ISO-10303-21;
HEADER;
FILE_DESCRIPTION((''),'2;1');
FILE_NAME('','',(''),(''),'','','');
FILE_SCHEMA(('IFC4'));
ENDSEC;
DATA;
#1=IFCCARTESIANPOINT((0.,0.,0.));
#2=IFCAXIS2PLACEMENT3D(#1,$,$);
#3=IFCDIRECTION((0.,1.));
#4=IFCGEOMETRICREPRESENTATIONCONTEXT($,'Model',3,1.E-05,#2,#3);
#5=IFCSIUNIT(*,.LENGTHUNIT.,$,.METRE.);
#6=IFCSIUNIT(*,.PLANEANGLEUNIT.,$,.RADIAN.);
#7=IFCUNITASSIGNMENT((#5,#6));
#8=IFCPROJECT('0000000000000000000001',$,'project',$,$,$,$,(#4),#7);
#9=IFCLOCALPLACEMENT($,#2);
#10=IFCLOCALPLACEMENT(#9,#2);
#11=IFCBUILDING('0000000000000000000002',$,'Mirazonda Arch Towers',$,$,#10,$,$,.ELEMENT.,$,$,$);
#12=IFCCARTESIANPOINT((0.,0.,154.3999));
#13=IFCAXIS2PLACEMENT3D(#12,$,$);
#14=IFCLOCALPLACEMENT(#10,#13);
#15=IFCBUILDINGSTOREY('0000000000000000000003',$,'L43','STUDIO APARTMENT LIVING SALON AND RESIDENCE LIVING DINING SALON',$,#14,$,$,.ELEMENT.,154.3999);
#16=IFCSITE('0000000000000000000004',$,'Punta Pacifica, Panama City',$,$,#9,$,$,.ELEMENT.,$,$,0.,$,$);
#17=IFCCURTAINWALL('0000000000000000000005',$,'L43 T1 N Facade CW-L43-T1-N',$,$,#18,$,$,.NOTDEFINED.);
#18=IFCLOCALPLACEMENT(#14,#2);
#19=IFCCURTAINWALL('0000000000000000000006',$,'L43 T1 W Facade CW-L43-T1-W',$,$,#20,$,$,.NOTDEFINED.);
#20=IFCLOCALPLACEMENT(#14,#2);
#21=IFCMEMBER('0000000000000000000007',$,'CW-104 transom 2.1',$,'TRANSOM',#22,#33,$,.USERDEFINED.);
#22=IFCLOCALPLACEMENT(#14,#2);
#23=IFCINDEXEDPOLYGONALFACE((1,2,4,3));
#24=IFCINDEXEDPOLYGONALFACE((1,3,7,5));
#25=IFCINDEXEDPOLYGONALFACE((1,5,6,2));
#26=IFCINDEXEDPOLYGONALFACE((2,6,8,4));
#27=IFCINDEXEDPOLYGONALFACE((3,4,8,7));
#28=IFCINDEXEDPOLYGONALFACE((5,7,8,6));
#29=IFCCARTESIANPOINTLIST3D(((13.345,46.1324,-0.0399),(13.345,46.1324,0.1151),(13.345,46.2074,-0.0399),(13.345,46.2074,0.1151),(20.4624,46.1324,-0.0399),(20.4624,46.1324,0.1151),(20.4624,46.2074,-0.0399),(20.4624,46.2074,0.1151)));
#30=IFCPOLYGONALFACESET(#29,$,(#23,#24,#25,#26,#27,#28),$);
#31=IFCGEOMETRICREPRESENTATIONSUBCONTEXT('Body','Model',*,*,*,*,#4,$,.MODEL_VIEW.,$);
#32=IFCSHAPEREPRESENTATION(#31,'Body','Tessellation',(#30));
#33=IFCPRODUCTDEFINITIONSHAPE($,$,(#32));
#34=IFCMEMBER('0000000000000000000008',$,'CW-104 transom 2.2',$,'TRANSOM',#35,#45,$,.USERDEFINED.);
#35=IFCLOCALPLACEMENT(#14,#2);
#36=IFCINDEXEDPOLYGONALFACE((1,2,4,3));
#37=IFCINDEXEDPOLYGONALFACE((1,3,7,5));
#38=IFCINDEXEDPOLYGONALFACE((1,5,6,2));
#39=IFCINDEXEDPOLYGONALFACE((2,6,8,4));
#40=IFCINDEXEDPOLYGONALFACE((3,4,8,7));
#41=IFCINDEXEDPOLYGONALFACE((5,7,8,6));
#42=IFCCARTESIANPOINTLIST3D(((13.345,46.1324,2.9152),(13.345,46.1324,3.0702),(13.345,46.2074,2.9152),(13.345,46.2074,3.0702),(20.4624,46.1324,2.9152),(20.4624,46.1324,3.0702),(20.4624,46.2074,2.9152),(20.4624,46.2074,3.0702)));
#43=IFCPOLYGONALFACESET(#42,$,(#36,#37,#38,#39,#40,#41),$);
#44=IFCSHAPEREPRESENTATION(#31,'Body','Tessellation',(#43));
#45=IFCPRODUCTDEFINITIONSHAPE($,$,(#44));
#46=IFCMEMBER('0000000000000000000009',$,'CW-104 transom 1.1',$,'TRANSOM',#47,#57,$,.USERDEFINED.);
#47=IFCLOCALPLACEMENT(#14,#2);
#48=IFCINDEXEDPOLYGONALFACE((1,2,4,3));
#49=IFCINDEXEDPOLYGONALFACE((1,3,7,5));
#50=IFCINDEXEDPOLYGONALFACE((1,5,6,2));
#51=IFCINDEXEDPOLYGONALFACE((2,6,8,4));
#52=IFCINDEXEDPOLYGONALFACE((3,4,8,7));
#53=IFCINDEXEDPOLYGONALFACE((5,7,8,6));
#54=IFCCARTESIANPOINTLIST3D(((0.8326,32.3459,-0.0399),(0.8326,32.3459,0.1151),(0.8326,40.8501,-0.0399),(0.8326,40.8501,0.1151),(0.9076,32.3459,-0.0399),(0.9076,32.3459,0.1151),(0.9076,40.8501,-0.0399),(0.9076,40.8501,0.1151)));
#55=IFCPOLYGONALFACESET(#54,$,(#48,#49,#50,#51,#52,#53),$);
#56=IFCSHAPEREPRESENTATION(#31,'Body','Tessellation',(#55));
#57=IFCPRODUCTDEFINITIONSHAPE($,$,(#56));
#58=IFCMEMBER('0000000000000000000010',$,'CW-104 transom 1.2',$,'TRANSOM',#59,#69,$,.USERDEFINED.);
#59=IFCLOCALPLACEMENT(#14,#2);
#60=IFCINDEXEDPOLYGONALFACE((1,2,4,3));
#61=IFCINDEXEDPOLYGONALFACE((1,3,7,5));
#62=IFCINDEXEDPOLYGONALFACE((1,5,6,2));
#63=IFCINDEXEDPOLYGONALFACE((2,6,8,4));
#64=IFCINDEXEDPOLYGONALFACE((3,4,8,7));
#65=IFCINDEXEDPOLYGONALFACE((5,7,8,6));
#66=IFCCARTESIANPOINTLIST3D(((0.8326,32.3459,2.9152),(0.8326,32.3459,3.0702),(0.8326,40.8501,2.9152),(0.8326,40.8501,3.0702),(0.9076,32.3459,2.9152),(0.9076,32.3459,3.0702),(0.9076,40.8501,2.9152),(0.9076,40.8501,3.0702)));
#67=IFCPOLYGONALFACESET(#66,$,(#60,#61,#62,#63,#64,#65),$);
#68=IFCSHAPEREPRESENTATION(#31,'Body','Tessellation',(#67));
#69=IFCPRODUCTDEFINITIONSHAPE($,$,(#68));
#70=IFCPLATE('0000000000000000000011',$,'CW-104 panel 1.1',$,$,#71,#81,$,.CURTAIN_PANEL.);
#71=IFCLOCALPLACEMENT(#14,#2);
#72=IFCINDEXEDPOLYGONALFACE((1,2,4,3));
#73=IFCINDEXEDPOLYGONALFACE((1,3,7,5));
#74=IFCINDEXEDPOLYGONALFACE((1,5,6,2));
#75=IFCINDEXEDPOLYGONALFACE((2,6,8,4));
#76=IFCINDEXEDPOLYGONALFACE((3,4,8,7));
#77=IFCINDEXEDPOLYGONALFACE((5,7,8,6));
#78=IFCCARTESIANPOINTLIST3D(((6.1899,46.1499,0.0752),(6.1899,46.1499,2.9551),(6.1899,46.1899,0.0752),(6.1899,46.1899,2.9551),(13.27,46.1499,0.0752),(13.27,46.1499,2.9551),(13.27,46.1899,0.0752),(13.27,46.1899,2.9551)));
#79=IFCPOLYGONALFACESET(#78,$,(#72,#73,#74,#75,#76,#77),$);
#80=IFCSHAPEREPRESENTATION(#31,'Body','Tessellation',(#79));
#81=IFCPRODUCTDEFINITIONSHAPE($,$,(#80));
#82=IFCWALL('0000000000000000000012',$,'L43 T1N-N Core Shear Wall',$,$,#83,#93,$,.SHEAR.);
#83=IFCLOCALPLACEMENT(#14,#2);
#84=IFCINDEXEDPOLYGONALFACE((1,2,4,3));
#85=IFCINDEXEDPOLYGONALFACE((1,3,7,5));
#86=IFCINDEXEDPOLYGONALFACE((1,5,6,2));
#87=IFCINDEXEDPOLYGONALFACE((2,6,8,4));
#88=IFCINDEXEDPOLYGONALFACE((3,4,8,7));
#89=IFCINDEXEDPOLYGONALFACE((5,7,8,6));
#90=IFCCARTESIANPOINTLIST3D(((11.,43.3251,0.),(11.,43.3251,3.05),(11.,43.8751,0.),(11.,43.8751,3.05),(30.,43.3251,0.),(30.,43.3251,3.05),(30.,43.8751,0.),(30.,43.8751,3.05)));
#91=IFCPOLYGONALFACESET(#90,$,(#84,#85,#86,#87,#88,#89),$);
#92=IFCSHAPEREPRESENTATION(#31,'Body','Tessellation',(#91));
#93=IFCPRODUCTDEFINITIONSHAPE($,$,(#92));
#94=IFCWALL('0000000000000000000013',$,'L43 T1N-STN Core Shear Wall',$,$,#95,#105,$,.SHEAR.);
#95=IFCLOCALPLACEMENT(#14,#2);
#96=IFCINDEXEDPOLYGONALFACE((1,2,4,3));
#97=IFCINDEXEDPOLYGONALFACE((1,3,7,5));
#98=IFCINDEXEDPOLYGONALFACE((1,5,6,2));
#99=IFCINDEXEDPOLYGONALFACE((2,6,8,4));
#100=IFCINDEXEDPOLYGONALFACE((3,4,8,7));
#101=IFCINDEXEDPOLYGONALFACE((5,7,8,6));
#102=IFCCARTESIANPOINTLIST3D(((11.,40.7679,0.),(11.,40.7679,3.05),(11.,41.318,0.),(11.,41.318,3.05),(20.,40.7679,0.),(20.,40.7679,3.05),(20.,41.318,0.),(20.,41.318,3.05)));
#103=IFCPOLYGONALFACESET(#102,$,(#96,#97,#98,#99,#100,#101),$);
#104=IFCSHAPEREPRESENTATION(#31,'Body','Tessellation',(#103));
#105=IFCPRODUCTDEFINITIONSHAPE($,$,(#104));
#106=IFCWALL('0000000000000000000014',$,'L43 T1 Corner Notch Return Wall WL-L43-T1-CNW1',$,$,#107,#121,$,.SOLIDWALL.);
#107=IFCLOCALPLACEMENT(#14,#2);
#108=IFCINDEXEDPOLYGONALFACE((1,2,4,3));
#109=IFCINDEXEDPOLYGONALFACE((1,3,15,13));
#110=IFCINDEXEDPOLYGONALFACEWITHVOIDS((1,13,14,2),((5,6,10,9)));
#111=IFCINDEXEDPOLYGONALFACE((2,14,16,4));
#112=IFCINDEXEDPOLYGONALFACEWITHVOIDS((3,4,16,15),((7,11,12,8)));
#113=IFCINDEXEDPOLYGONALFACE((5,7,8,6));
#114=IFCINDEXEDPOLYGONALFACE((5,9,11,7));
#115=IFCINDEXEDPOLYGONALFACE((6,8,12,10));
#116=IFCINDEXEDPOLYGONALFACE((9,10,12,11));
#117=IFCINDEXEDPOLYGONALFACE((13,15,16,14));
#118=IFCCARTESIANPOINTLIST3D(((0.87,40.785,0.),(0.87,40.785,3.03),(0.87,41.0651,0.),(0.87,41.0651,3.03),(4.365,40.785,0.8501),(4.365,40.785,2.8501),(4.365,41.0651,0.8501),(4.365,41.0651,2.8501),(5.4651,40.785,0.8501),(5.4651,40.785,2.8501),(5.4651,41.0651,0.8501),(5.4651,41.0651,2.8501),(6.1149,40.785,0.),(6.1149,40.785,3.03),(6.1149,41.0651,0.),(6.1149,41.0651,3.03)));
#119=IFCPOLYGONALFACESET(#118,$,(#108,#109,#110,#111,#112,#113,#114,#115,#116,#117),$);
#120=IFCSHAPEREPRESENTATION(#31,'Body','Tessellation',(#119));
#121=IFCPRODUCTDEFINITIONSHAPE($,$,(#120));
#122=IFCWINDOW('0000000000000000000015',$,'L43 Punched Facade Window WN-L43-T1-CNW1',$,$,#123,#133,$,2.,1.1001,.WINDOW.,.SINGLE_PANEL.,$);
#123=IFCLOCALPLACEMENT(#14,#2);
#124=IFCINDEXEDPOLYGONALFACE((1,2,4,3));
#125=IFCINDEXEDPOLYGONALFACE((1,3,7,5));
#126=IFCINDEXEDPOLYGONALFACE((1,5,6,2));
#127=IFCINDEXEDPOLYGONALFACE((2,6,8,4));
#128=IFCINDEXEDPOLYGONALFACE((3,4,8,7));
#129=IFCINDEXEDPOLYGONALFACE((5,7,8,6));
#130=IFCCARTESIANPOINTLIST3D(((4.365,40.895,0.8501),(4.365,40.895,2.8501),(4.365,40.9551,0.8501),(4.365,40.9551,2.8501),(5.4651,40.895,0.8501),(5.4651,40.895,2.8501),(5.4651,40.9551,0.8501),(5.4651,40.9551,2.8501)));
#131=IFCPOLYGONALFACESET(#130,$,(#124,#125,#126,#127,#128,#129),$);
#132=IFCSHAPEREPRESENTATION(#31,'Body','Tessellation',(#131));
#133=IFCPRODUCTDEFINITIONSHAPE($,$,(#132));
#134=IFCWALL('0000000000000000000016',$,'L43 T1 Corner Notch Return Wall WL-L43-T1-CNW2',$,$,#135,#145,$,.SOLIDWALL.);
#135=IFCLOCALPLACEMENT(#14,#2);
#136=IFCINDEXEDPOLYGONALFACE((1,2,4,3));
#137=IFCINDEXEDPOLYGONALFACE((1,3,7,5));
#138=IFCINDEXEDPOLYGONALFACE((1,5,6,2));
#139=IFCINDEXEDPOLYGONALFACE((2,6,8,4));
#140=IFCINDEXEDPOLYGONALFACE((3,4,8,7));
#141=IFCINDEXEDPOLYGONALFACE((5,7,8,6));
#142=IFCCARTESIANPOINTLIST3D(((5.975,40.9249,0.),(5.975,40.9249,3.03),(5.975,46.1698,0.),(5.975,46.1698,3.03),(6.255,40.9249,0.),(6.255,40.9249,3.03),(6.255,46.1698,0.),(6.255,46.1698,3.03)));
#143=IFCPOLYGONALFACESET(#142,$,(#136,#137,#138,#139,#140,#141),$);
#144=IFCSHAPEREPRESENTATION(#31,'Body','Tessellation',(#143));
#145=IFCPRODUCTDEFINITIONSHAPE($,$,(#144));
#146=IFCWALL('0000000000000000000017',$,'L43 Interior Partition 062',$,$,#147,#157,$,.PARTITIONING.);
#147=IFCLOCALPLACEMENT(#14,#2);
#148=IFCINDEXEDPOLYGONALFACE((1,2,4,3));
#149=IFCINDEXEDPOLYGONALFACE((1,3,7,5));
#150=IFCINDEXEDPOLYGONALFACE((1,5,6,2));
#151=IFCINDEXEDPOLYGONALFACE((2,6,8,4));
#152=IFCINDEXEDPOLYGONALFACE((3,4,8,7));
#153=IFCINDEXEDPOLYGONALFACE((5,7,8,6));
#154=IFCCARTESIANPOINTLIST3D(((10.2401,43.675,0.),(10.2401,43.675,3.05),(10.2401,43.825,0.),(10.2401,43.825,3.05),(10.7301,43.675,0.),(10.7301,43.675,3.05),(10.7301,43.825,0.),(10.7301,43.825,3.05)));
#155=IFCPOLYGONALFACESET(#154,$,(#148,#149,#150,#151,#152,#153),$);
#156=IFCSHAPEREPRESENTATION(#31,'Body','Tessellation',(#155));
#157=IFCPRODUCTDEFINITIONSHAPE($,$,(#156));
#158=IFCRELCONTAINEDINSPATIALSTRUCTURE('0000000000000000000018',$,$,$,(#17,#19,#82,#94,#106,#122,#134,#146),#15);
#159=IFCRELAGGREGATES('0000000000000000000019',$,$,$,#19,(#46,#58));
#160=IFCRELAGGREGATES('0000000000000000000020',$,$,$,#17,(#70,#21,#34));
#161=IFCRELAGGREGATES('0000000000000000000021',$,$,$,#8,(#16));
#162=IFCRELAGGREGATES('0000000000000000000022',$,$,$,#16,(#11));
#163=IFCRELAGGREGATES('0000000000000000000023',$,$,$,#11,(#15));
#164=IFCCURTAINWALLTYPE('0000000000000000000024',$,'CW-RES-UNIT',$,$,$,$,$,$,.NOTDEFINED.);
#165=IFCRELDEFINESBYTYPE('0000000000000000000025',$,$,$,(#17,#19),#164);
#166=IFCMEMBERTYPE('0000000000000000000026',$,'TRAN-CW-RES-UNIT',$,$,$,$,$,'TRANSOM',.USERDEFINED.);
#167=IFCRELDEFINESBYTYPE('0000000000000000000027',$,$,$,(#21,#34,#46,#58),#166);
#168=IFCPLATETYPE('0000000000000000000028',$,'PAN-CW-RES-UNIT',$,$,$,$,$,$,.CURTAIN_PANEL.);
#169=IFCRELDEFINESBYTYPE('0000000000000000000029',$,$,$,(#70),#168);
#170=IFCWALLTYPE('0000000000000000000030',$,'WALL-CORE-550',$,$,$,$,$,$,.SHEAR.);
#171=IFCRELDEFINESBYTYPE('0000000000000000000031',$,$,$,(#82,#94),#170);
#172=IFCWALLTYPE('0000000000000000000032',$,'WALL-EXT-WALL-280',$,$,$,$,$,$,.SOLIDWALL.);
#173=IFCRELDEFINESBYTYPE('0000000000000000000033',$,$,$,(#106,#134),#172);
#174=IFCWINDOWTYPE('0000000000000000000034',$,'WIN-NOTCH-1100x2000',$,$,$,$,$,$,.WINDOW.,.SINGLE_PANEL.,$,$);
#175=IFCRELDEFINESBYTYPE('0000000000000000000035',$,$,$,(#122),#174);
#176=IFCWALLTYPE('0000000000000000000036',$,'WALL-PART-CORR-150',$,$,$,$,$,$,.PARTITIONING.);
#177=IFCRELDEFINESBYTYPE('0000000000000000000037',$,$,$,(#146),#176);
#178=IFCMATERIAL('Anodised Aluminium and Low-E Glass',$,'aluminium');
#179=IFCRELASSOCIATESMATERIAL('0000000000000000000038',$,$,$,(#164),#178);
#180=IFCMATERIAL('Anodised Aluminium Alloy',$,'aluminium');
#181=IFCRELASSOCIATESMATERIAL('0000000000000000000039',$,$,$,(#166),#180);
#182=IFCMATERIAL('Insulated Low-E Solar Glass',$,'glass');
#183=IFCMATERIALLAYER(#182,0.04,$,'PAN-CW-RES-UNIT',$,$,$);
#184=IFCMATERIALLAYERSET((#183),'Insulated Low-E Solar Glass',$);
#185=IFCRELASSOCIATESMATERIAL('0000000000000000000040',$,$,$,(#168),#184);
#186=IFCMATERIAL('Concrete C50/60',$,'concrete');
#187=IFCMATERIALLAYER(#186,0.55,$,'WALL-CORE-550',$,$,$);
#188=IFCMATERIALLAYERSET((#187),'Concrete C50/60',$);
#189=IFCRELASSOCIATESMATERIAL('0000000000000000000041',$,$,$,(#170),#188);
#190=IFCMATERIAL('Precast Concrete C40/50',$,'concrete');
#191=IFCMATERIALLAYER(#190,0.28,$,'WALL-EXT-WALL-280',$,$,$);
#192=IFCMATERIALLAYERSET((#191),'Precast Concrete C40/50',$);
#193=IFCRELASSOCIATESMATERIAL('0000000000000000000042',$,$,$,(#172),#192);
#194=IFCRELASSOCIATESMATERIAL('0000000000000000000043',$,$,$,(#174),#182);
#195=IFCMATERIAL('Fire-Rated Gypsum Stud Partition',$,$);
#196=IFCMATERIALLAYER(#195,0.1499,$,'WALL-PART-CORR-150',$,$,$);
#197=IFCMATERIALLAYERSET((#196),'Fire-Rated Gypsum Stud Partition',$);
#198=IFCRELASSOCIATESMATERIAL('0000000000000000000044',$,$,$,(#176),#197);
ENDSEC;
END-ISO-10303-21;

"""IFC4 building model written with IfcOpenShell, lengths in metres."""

from ifc_helpers import new_model, si_unit, direction, frame, frame_2d, origin, origin_2d, place, context, subcontext, project, spatial, rectangle, extrude, material, layer, layer_set, material_profile, profile_set, type_object, element, fill, aggregate, save


model = new_model("IFC4")

# Units and contexts
model_context = context("Model", 3, precision=1e-05, world=origin(), true_north=direction((0.0, 1.0)))
body_context = subcontext(model_context, "Body", "Model", "MODEL_VIEW")
ifc_project = project(units=[si_unit("LENGTHUNIT", "METRE"), si_unit("PLANEANGLEUNIT", "RADIAN")], contexts=[model_context])

# Site, building, storey
site_placement = place(None, origin())
site = spatial("IfcSite", under=ifc_project, at=site_placement, Name="Punta Pacifica, Panama City", CompositionType="ELEMENT", RefElevation=0.0)
building_placement = place(site_placement, origin())
building = spatial("IfcBuilding", under=site, at=building_placement, Name="Mirazonda Arch Towers", CompositionType="ELEMENT")
storey_placement = place(building_placement, frame((0.0, 0.0, 154.3999)))
storey = spatial("IfcBuildingStorey", under=building, at=storey_placement, Name="L43", Description="STUDIO APARTMENT LIVING SALON AND RESIDENCE LIVING DINING SALON", CompositionType="ELEMENT", Elevation=154.3999)

# Shared definitions
ifc_material_1 = material(Name="Concrete C50/60", Category="concrete")

# Curtain wall
ifc_material_2 = material(Name="Anodised Aluminium and Low-E Glass", Category="aluminium")
curtain_wall_type = type_object("IfcCurtainWallType", Name="CW-RES-UNIT", PredefinedType="NOTDEFINED", material=ifc_material_2)
curtain_wall_1_placement = place(storey_placement, origin())
curtain_wall_1 = element("IfcCurtainWall", 1, at=curtain_wall_1_placement, inside=storey, type_object=curtain_wall_type, Name="L43 T1 N Facade CW-L43-T1-N", PredefinedType="NOTDEFINED")
ifc_material_3 = material(Name="Anodised Aluminium Alloy", Category="aluminium")

# Curtain wall
curtain_wall_2_placement = place(storey_placement, origin())
curtain_wall_2 = element("IfcCurtainWall", 2, at=curtain_wall_2_placement, inside=storey, type_object=curtain_wall_type, Name="L43 T1 W Facade CW-L43-T1-W", PredefinedType="NOTDEFINED")

# Members
ifc_material_profile_1 = material_profile(ifc_material_3, rectangle(XDim=0.075, YDim=0.155, at=origin_2d()), Name="ALU-TRAN-75x155")
ifc_profile_set_1 = profile_set([ifc_material_profile_1], Name="Anodised Aluminium Alloy")
member_type_1 = type_object("IfcMemberType", Name="TRAN-CW-RES-UNIT", ElementType="TRANSOM", PredefinedType="USERDEFINED", material=ifc_profile_set_1)
member_1_placement = place(storey_placement, frame((13.345, 46.1699, 0.0376), z_axis=(1.0, 0.0, 0.0), x_axis=(0.0, 1.0, 0.0)))
member_1 = element("IfcMember", 3, at=member_1_placement, type_object=member_type_1, Name="CW-104 transom 2.1", ObjectType="TRANSOM", PredefinedType="USERDEFINED", context=body_context, shape_type="SweptSolid", body=[
    extrude(rectangle(XDim=0.075, YDim=0.155, at=origin_2d()), origin(), (0.0, 0.0, 1.0), 7.1174),
])
member_2_placement = place(storey_placement, frame((13.345, 46.1699, 2.9927), z_axis=(1.0, 0.0, 0.0), x_axis=(0.0, 1.0, 0.0)))
member_2 = element("IfcMember", 4, at=member_2_placement, type_object=member_type_1, Name="CW-104 transom 2.2", ObjectType="TRANSOM", PredefinedType="USERDEFINED", context=body_context, shape_type="SweptSolid", body=[
    extrude(rectangle(XDim=0.075, YDim=0.155, at=origin_2d()), origin(), (0.0, 0.0, 1.0), 7.1174),
])
member_3_placement = place(storey_placement, frame((0.8701, 40.8501, 0.0376), z_axis=(0.0, -1.0, 0.0), x_axis=(1.0, 0.0, 0.0)))
member_3 = element("IfcMember", 5, at=member_3_placement, type_object=member_type_1, Name="CW-104 transom 1.1", ObjectType="TRANSOM", PredefinedType="USERDEFINED", context=body_context, shape_type="SweptSolid", body=[
    extrude(rectangle(XDim=0.075, YDim=0.155, at=origin_2d()), origin(), (0.0, 0.0, 1.0), 8.5042),
])
member_4_placement = place(storey_placement, frame((0.8701, 40.8501, 2.9927), z_axis=(0.0, -1.0, 0.0), x_axis=(1.0, 0.0, 0.0)))
member_4 = element("IfcMember", 6, at=member_4_placement, type_object=member_type_1, Name="CW-104 transom 1.2", ObjectType="TRANSOM", PredefinedType="USERDEFINED", context=body_context, shape_type="SweptSolid", body=[
    extrude(rectangle(XDim=0.075, YDim=0.155, at=origin_2d()), origin(), (0.0, 0.0, 1.0), 8.5042),
])
aggregate(curtain_wall_2, [member_3, member_4])

# Plate
ifc_material_4 = material(Name="Insulated Low-E Solar Glass", Category="glass")
ifc_layer_1 = layer(ifc_material_4, 0.04, Name="PAN-CW-RES-UNIT")
ifc_layer_set_1 = layer_set([ifc_layer_1], Name="Insulated Low-E Solar Glass")
plate_type = type_object("IfcPlateType", Name="PAN-CW-RES-UNIT", PredefinedType="CURTAIN_PANEL", material=ifc_layer_set_1)
plate_placement = place(storey_placement, frame((9.73, 46.1699, 0.0752), z_axis=(0.0, 0.0, 1.0), x_axis=(1.0, 0.0, 0.0)))
plate = element("IfcPlate", 7, at=plate_placement, type_object=plate_type, Name="CW-104 panel 1.1", PredefinedType="CURTAIN_PANEL", context=body_context, shape_type="SweptSolid", body=[
    extrude(rectangle(XDim=7.0801, YDim=0.04, at=origin_2d()), origin(), (0.0, 0.0, 1.0), 2.8799),
])
aggregate(curtain_wall_1, [plate, member_1, member_2])

# Walls
ifc_layer_2 = layer(ifc_material_1, 0.55, Name="WALL-CORE-550")
ifc_layer_set_2 = layer_set([ifc_layer_2], Name="Concrete C50/60")
wall_type_1 = type_object("IfcWallType", Name="WALL-CORE-550", PredefinedType="SHEAR", material=ifc_layer_set_2)
wall_1_placement = place(storey_placement, frame((11.0, 43.6001, 0.0), z_axis=(0.0, 0.0, 1.0), x_axis=(1.0, 0.0, 0.0)))
element("IfcWall", 8, at=wall_1_placement, inside=storey, type_object=wall_type_1, Name="L43 T1N-N Core Shear Wall", PredefinedType="SHEAR", context=body_context, shape_type="SweptSolid", body=[
    extrude(rectangle(XDim=19.0, YDim=0.55, at=frame_2d((9.5, 0.0))), origin(), (0.0, 0.0, 1.0), 3.05),
])
wall_2_placement = place(storey_placement, frame((11.0, 41.043, 0.0), z_axis=(0.0, 0.0, 1.0), x_axis=(1.0, 0.0, 0.0)))
element("IfcWall", 9, at=wall_2_placement, inside=storey, type_object=wall_type_1, Name="L43 T1N-STN Core Shear Wall", PredefinedType="SHEAR", context=body_context, shape_type="SweptSolid", body=[
    extrude(rectangle(XDim=9.0, YDim=0.55, at=frame_2d((4.5, 0.0))), origin(), (0.0, 0.0, 1.0), 3.05),
])

# Wall, opening, window
ifc_material_5 = material(Name="Precast Concrete C40/50", Category="concrete")
ifc_layer_3 = layer(ifc_material_5, 0.28, Name="WALL-EXT-WALL-280")
ifc_layer_set_3 = layer_set([ifc_layer_3], Name="Precast Concrete C40/50")
wall_type_2 = type_object("IfcWallType", Name="WALL-EXT-WALL-280", PredefinedType="SOLIDWALL", material=ifc_layer_set_3)
wall_3_placement = place(storey_placement, frame((6.115, 40.925, 0.0), z_axis=(0.0, 0.0, 1.0), x_axis=(-1.0, 0.0, 0.0)))
wall_3 = element("IfcWall", 10, at=wall_3_placement, inside=storey, type_object=wall_type_2, Name="L43 T1 Corner Notch Return Wall WL-L43-T1-CNW1", PredefinedType="SOLIDWALL", context=body_context, shape_type="SweptSolid", body=[
    extrude(rectangle(XDim=5.2449, YDim=0.28, at=frame_2d((2.6226, 0.0))), origin(), (0.0, 0.0, 1.0), 3.03),
])
opening_1_placement = place(wall_3_placement, frame((0.6499, 0.0, 0.8501)))
opening_1 = element("IfcOpeningElement", 11, at=opening_1_placement, cuts=wall_3, PredefinedType="OPENING", context=body_context, shape_type="SweptSolid", body=[
    extrude(rectangle(XDim=1.1001, YDim=2.0, at=frame_2d((0.55, 1.0))), frame((0.0, 0.1499, 0.0), z_axis=(0.0, -1.0, 0.0), x_axis=(1.0, 0.0, 0.0)), (0.0, 0.0, 1.0), 0.3),
])
window_type = type_object("IfcWindowType", Name="WIN-NOTCH-1100x2000", PartitioningType="SINGLE_PANEL", PredefinedType="WINDOW", material=ifc_material_4)
window_placement = place(opening_1_placement, origin())
window = element("IfcWindow", 12, at=window_placement, inside=storey, type_object=window_type, Name="L43 Punched Facade Window WN-L43-T1-CNW1", OverallHeight=2.0, OverallWidth=1.1001, PartitioningType="SINGLE_PANEL", PredefinedType="WINDOW", context=body_context, shape_type="SweptSolid", body=[
    extrude(rectangle(XDim=1.1001, YDim=2.0, at=frame_2d((0.55, 1.0))), frame((0.0, 0.03, 0.0), z_axis=(0.0, -1.0, 0.0), x_axis=(1.0, 0.0, 0.0)), (0.0, 0.0, 1.0), 0.0601),
])
fill(opening_1, window)

# Walls
wall_4_placement = place(storey_placement, frame((6.115, 46.1699, 0.0), z_axis=(0.0, 0.0, 1.0), x_axis=(0.0, -1.0, 0.0)))
element("IfcWall", 13, at=wall_4_placement, inside=storey, type_object=wall_type_2, Name="L43 T1 Corner Notch Return Wall WL-L43-T1-CNW2", PredefinedType="SOLIDWALL", context=body_context, shape_type="SweptSolid", body=[
    extrude(rectangle(XDim=5.2449, YDim=0.28, at=frame_2d((2.6226, 0.0))), origin(), (0.0, 0.0, 1.0), 3.03),
])
ifc_material_6 = material(Name="Fire-Rated Gypsum Stud Partition")
ifc_layer_4 = layer(ifc_material_6, 0.1499, Name="WALL-PART-CORR-150")
ifc_layer_set_4 = layer_set([ifc_layer_4], Name="Fire-Rated Gypsum Stud Partition")
wall_type_3 = type_object("IfcWallType", Name="WALL-PART-CORR-150", PredefinedType="PARTITIONING", material=ifc_layer_set_4)
wall_5_placement = place(storey_placement, frame((10.24, 43.75, 0.0), z_axis=(0.0, 0.0, 1.0), x_axis=(1.0, 0.0, 0.0)))
element("IfcWall", 14, at=wall_5_placement, inside=storey, type_object=wall_type_3, Name="L43 Interior Partition 062", PredefinedType="PARTITIONING", context=body_context, shape_type="SweptSolid", body=[
    extrude(rectangle(XDim=0.49, YDim=0.1499, at=frame_2d((0.2451, 0.0))), origin(), (0.0, 0.0, 1.0), 3.05),
])

save(model, "model.ifc")
